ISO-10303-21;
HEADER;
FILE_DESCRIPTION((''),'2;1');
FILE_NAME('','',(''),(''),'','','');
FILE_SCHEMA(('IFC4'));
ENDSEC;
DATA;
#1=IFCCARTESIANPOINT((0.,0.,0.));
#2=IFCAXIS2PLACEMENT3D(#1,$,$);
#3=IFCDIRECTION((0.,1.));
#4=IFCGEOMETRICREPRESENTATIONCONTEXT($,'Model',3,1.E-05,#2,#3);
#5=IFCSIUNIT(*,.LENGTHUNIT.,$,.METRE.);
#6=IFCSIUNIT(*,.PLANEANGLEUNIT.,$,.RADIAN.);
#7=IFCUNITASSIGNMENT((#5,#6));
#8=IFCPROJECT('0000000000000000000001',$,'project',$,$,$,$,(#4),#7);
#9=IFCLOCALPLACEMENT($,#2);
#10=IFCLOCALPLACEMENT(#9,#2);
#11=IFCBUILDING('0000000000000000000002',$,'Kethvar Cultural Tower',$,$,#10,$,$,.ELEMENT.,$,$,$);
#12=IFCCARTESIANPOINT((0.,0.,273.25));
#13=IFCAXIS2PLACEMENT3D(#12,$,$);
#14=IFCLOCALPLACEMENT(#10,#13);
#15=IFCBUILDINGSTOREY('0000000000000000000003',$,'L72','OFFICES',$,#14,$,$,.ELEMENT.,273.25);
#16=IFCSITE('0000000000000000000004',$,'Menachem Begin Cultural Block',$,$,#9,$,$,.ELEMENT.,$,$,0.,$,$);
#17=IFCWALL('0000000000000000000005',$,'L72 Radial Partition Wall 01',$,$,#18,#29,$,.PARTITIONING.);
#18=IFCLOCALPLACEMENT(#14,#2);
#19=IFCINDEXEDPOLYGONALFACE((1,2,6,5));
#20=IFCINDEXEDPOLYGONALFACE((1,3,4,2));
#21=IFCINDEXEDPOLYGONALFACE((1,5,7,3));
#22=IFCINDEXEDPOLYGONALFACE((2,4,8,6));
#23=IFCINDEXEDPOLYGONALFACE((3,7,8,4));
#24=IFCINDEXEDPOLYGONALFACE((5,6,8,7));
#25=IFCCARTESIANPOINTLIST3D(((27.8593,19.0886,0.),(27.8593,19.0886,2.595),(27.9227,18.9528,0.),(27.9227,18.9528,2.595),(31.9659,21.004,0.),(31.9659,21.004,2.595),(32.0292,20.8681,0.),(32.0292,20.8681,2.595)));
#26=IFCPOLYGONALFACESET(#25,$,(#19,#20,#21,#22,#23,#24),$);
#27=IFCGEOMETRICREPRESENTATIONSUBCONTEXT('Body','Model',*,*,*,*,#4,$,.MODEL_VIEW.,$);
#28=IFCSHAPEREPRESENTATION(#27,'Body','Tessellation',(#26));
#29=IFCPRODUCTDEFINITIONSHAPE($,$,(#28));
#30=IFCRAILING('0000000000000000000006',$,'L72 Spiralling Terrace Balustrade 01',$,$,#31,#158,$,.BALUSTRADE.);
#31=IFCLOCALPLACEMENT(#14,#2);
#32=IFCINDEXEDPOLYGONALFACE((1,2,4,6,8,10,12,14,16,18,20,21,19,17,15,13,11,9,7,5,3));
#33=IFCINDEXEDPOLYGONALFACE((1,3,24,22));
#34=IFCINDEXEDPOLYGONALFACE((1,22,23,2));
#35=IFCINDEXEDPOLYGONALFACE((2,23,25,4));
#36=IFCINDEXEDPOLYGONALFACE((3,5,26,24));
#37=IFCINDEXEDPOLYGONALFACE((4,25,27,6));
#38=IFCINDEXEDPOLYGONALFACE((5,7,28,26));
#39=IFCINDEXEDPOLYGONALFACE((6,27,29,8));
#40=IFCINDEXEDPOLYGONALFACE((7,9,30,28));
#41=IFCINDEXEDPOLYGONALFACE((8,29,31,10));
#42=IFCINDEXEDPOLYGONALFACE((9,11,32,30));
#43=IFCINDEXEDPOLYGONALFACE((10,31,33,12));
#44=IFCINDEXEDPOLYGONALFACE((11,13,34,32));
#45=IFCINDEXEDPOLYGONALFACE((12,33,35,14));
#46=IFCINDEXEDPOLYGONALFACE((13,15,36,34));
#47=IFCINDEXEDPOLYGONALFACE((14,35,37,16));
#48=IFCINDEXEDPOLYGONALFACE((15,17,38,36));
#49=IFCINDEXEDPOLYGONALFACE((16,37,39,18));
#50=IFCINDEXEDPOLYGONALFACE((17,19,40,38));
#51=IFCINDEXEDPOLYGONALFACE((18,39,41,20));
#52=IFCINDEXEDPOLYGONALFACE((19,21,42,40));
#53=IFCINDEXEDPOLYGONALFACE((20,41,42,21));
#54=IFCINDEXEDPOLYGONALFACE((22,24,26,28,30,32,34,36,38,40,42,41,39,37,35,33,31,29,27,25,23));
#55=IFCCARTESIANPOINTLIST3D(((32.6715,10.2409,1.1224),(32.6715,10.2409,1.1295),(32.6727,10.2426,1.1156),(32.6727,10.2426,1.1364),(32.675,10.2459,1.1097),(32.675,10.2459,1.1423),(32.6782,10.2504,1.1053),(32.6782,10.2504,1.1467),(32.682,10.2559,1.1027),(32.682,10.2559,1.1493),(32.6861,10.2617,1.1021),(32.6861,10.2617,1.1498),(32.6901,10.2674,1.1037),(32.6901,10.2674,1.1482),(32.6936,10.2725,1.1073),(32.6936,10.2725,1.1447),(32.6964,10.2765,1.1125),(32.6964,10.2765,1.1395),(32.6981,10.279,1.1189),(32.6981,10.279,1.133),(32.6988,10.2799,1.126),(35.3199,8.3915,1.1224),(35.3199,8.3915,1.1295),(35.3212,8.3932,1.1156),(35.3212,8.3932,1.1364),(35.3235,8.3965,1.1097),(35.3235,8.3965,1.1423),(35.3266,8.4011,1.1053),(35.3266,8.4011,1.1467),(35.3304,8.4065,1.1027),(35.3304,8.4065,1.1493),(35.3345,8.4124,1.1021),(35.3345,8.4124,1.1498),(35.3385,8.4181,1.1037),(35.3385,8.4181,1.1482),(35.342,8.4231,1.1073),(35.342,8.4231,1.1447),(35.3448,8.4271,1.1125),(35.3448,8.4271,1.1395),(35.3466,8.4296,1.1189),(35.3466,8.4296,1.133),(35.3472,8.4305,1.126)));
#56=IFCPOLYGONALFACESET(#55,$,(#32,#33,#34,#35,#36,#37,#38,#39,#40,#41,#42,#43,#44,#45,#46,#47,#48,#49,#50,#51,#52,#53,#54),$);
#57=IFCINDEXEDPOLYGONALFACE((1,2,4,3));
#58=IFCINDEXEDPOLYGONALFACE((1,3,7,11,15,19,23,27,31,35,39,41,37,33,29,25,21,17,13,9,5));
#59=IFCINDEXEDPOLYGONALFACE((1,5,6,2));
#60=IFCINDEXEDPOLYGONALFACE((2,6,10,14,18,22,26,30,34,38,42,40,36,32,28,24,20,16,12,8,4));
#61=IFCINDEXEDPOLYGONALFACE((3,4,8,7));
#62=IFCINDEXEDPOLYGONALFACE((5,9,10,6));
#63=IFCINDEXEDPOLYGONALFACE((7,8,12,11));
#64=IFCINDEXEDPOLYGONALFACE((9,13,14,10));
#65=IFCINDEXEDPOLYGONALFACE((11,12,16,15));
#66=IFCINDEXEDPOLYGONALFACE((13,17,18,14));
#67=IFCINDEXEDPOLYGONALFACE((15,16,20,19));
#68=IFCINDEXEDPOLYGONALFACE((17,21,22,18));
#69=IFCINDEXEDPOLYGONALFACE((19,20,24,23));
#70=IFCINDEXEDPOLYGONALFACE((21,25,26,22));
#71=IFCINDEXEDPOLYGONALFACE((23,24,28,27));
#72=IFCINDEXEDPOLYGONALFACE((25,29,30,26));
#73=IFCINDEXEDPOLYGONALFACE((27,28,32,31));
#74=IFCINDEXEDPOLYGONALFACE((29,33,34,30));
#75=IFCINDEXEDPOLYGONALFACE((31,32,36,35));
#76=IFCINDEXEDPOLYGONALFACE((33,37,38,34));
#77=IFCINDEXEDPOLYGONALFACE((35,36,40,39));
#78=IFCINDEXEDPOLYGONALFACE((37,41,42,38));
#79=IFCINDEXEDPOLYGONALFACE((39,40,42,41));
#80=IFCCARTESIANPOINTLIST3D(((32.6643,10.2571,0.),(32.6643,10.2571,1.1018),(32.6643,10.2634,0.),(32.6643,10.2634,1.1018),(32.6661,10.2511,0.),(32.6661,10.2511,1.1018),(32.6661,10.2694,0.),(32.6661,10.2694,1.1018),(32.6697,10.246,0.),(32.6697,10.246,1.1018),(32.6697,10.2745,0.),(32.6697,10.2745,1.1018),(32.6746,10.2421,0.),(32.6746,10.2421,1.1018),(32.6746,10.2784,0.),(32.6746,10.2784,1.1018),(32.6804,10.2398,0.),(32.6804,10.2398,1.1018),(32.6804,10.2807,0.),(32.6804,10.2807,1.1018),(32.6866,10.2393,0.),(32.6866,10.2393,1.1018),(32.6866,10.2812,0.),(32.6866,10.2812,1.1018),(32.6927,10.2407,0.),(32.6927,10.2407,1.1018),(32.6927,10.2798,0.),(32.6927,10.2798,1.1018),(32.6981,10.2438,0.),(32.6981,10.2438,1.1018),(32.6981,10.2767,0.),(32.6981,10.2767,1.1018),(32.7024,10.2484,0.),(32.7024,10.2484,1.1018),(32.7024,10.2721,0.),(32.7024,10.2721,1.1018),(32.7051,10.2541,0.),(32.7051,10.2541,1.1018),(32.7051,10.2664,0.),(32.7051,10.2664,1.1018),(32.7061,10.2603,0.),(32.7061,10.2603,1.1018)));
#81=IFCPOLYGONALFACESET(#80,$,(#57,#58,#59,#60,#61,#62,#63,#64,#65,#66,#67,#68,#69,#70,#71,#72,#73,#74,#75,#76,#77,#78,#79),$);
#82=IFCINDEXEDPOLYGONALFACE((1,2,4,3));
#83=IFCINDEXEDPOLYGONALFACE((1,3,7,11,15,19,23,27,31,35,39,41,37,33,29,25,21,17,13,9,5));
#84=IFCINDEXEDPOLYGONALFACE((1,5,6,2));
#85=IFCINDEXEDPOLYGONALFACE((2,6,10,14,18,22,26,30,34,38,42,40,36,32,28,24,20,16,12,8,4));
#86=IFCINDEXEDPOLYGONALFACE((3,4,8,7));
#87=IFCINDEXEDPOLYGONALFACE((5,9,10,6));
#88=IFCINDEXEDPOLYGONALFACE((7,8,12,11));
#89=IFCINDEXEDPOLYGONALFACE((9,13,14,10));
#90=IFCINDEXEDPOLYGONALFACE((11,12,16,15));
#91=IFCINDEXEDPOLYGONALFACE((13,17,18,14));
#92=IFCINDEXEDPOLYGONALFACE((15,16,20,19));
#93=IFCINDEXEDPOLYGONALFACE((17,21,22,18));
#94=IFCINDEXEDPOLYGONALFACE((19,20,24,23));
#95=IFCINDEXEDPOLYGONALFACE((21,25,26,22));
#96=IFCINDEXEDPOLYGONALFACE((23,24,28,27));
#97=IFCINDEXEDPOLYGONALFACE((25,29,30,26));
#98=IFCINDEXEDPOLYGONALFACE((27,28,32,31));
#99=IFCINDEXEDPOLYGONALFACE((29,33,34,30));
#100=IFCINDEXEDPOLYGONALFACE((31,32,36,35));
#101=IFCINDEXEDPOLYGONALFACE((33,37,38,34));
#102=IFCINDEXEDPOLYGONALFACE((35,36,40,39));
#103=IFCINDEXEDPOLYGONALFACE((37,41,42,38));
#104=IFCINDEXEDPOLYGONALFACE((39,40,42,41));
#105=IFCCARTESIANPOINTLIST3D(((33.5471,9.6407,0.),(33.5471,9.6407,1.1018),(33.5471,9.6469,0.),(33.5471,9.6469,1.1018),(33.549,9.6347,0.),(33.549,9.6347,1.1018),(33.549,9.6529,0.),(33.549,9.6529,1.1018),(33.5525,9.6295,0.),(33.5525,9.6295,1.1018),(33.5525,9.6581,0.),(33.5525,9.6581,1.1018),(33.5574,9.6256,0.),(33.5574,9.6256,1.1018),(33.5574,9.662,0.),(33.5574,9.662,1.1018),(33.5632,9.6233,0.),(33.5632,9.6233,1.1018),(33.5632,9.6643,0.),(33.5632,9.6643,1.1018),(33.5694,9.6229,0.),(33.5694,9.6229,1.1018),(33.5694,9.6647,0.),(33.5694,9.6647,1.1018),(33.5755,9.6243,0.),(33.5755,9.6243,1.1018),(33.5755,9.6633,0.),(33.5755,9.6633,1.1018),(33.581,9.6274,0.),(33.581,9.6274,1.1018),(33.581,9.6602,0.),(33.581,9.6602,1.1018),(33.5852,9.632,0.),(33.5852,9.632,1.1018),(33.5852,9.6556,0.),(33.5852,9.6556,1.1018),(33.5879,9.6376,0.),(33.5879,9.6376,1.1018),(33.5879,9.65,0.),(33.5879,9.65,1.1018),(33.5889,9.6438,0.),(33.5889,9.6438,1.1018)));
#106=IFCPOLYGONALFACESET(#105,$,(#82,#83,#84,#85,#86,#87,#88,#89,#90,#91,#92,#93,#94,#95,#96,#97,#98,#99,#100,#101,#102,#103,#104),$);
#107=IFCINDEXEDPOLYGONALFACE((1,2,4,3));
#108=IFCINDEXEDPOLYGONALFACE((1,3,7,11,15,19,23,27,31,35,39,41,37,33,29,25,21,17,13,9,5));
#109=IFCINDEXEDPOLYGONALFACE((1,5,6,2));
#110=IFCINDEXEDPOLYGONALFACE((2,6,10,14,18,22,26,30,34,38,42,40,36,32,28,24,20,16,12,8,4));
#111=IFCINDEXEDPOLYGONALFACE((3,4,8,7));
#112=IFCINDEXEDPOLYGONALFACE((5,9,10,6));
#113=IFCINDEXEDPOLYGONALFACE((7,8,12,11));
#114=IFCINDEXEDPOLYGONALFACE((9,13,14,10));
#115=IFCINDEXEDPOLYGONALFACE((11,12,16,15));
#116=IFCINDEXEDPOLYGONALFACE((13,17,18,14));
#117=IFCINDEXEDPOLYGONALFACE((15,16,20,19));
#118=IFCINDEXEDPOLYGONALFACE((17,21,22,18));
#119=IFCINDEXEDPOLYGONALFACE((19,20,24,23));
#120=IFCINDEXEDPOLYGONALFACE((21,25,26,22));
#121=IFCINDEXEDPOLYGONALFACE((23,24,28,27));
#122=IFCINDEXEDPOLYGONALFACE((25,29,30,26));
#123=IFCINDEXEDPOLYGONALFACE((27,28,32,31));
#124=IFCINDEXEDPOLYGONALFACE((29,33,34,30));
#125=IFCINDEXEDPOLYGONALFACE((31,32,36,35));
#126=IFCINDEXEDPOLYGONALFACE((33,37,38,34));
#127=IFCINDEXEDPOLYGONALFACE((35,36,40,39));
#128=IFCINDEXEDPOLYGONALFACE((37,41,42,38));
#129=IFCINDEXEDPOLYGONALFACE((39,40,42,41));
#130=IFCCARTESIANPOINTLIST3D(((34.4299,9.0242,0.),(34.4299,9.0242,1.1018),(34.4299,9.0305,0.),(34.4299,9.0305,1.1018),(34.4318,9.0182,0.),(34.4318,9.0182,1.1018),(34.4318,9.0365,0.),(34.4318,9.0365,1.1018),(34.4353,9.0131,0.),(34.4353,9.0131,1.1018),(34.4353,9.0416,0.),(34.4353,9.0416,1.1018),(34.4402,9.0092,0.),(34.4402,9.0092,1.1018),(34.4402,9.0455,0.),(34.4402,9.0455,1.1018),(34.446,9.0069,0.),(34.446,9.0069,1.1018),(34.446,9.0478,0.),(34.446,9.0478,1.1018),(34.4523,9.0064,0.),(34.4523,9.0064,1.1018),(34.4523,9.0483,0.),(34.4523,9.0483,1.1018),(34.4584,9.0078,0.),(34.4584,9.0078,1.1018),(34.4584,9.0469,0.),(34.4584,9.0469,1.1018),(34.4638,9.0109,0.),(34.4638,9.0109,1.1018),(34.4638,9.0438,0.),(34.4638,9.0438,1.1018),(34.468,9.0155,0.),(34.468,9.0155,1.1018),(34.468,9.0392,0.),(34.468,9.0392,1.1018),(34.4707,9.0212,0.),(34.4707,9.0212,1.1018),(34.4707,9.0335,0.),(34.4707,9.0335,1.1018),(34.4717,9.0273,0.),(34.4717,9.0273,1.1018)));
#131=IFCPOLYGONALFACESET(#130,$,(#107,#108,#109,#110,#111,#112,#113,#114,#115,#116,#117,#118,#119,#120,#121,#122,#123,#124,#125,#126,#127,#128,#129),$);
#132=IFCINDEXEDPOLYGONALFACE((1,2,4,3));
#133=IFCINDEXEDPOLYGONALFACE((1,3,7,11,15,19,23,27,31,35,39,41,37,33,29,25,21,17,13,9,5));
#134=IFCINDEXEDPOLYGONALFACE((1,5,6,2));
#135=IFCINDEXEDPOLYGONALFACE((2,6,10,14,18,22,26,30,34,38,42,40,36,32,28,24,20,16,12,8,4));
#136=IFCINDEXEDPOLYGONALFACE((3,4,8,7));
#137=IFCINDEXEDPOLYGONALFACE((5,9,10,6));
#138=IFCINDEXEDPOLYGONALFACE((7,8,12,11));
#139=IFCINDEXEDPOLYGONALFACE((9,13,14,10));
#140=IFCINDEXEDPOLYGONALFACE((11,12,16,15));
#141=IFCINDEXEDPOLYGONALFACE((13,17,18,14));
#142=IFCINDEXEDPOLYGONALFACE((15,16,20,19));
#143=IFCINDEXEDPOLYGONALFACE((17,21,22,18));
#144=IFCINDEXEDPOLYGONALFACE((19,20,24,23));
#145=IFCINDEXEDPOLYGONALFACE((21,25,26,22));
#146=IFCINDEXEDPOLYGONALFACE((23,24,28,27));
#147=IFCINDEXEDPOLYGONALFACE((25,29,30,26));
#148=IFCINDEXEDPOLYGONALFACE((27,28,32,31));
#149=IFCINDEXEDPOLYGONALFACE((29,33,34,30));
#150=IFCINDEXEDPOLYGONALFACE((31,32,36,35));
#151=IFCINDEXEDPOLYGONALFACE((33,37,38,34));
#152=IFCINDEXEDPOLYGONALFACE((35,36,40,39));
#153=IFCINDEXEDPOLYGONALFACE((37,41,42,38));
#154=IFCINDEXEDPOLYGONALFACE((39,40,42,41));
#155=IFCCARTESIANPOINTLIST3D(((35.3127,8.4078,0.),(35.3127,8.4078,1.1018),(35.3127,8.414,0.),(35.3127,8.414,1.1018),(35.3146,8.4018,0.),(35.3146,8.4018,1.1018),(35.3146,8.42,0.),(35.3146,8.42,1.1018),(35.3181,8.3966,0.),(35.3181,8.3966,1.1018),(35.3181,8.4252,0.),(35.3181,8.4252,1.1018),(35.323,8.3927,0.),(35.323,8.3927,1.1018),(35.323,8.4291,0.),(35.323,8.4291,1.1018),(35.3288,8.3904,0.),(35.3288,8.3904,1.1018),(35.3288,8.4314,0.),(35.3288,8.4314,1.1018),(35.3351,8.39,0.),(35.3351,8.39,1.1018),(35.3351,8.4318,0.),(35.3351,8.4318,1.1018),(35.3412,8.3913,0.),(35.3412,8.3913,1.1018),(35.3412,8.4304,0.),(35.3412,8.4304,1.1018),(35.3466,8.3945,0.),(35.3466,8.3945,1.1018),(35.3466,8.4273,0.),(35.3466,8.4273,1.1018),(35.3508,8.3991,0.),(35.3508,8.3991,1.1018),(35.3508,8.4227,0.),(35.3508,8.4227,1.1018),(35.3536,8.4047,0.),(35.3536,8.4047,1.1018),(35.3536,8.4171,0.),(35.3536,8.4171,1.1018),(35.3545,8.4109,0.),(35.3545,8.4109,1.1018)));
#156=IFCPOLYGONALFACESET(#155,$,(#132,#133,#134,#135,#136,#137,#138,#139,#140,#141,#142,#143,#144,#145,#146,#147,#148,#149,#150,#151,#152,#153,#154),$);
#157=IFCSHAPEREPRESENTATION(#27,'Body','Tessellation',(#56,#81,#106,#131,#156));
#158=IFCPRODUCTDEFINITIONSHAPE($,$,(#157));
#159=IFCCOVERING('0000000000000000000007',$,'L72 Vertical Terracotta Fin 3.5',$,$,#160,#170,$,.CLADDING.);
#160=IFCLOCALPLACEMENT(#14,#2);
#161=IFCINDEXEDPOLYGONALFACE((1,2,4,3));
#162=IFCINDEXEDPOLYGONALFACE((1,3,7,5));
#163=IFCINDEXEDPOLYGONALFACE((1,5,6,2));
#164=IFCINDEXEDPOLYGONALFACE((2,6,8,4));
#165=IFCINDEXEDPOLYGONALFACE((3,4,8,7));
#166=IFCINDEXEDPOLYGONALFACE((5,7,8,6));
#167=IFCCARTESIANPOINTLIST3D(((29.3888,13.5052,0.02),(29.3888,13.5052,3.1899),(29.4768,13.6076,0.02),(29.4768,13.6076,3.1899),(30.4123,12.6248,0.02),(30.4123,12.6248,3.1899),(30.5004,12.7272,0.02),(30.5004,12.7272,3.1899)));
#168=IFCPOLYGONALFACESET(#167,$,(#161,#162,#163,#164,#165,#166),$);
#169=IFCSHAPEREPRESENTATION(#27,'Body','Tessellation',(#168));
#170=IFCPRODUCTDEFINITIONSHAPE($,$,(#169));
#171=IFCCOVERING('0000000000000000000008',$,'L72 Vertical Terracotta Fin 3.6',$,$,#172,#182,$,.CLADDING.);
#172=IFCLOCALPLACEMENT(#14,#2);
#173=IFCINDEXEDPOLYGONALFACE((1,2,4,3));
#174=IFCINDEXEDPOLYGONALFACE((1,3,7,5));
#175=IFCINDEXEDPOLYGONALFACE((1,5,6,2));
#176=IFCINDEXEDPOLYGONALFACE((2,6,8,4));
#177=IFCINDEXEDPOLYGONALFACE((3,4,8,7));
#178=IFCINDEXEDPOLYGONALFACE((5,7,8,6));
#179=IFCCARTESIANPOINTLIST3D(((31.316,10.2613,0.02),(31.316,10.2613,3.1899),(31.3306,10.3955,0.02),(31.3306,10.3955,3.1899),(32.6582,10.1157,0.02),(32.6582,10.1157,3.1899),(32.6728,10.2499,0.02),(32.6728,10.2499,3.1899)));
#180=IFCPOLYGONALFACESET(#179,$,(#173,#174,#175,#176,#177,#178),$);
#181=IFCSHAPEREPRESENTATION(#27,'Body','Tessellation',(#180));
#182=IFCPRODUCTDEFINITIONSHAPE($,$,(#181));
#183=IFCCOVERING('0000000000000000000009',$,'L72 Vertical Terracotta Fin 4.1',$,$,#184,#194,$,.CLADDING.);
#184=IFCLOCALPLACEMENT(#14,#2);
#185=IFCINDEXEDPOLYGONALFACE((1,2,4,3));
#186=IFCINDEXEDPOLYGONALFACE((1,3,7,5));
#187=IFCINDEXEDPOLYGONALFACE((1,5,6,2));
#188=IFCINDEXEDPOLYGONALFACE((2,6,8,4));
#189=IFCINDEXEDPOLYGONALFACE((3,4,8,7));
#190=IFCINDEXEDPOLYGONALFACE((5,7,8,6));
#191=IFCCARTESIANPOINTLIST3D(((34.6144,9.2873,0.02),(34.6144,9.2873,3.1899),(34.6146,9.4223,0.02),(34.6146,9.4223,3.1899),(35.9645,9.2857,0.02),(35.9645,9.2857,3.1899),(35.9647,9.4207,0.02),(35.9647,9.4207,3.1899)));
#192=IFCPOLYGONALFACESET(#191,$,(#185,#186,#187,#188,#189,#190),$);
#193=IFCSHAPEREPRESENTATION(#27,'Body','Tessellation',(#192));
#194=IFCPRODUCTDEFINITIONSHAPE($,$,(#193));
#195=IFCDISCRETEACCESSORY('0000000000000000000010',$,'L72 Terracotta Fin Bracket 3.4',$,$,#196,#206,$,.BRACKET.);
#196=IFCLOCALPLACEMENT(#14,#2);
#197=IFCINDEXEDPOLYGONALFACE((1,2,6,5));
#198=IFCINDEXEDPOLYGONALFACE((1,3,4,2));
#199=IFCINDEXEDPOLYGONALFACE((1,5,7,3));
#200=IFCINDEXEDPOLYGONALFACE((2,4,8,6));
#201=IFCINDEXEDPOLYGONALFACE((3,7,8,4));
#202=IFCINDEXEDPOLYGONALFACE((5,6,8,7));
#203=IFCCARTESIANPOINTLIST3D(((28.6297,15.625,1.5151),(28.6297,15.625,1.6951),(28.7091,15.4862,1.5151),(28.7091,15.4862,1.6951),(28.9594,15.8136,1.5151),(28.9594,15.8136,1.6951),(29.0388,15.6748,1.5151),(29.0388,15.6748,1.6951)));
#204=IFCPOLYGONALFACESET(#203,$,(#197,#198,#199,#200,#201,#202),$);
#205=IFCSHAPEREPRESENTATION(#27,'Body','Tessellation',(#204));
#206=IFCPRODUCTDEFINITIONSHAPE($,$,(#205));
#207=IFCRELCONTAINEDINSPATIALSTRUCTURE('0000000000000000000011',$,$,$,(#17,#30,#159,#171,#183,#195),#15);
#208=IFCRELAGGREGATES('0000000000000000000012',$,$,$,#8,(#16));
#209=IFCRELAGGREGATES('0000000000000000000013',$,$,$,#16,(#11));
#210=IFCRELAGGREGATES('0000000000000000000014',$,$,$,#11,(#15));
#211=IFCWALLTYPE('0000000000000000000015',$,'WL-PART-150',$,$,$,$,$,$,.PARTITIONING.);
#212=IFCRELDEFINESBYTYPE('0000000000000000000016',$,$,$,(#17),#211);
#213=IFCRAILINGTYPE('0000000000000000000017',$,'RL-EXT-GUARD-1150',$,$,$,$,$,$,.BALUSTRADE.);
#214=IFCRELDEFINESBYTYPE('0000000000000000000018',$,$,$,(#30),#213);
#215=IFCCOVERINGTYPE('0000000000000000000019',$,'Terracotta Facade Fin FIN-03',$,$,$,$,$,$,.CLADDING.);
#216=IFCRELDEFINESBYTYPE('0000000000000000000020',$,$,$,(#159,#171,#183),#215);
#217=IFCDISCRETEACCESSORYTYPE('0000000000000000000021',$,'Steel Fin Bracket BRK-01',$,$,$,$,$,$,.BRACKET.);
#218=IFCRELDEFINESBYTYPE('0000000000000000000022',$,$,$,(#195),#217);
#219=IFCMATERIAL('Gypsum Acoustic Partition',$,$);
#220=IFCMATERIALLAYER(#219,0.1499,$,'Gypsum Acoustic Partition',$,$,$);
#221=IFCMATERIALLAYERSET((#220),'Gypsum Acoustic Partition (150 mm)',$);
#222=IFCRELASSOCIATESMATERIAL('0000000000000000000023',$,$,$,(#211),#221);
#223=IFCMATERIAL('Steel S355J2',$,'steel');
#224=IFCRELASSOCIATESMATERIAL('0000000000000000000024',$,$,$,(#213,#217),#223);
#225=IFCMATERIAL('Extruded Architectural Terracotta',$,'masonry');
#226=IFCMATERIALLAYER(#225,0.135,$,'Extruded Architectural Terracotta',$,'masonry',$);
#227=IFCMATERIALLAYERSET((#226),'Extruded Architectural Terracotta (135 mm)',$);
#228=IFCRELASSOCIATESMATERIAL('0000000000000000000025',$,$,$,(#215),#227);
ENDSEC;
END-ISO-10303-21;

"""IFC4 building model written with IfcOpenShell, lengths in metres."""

from ifc_helpers import new_model, si_unit, direction, frame, frame_2d, origin, origin_2d, place, context, subcontext, project, spatial, rectangle, circle, extrude, source, transform, mapped, material, layer, layer_set, type_object, element, save


model = new_model("IFC4")

# Units and contexts
model_context = context("Model", 3, precision=1e-05, world=origin(), true_north=direction((0.0, 1.0)))
body_context = subcontext(model_context, "Body", "Model", "MODEL_VIEW")
ifc_project = project(units=[si_unit("LENGTHUNIT", "METRE"), si_unit("PLANEANGLEUNIT", "RADIAN")], contexts=[model_context])

# Site, building, storey
site_placement = place(None, origin())
site = spatial("IfcSite", under=ifc_project, at=site_placement, Name="Menachem Begin Cultural Block", CompositionType="ELEMENT", RefElevation=0.0)
building_placement = place(site_placement, origin())
building = spatial("IfcBuilding", under=site, at=building_placement, Name="Kethvar Cultural Tower", CompositionType="ELEMENT")
storey_placement = place(building_placement, frame((0.0, 0.0, 273.25)))
storey = spatial("IfcBuildingStorey", under=building, at=storey_placement, Name="L72", Description="OFFICES", CompositionType="ELEMENT", Elevation=273.25)

# Shared definitions
ifc_material_1 = material(Name="Steel S355J2", Category="steel")

# Wall
ifc_material_2 = material(Name="Gypsum Acoustic Partition")
ifc_layer_1 = layer(ifc_material_2, 0.1499, Name="Gypsum Acoustic Partition")
ifc_layer_set_1 = layer_set([ifc_layer_1], Name="Gypsum Acoustic Partition (150 mm)")
wall_type_1 = type_object("IfcWallType", Name="WL-PART-150", PredefinedType="PARTITIONING", material=ifc_layer_set_1)
wall_1_placement = place(storey_placement, frame((31.9976, 20.936, 0.0), z_axis=(0.0, 0.0, 1.0), x_axis=(-0.906273, -0.422694, 0.0)))
element("IfcWall", 1, at=wall_1_placement, inside=storey, type_object=wall_type_1, Name="L72 Radial Partition Wall 01", PredefinedType="PARTITIONING", context=body_context, shape_type="SweptSolid", body=[
    extrude(rectangle(XDim=4.5312, YDim=0.1499, at=frame_2d((2.2656, 0.0))), origin(), (0.0, 0.0, 1.0), 2.595),
])

# Railing
railing_type = type_object("IfcRailingType", Name="RL-EXT-GUARD-1150", PredefinedType="BALUSTRADE", material=ifc_material_1)
railing_placement = place(storey_placement, frame((32.6851, 10.2603, 0.0)))
element("IfcRailing", 2, at=railing_placement, inside=storey, type_object=railing_type, Name="L72 Spiralling Terrace Balustrade 01", PredefinedType="BALUSTRADE", context=body_context, shape_type="SweptSolid", body=[
    extrude(circle(Radius=0.0239, at=origin_2d()), frame((0.0, 0.0, 1.126), z_axis=(0.819892, -0.572518, 0.0), x_axis=(0.572518, 0.819892, 0.0)), (0.0, 0.0, 1.0), 3.2302),
    extrude(circle(Radius=0.021, at=origin_2d()), origin(), (0.0, 0.0, 1.0), 1.1018),
    extrude(circle(Radius=0.021, at=origin_2d()), frame((0.8828, -0.6165, 0.0)), (0.0, 0.0, 1.0), 1.1018),
    extrude(circle(Radius=0.021, at=origin_2d()), frame((1.7656, -1.2329, 0.0)), (0.0, 0.0, 1.0), 1.1018),
    extrude(circle(Radius=0.021, at=origin_2d()), frame((2.6484, -1.8494, 0.0)), (0.0, 0.0, 1.0), 1.1018),
])

# Coverings
ifc_material_3 = material(Name="Extruded Architectural Terracotta", Category="masonry")
ifc_layer_2 = layer(ifc_material_3, 0.135, Name="Extruded Architectural Terracotta", Category="masonry")
ifc_layer_set_2 = layer_set([ifc_layer_2], Name="Extruded Architectural Terracotta (135 mm)")
covering_type = type_object("IfcCoveringType", Name="Terracotta Facade Fin FIN-03", PredefinedType="CLADDING", material=ifc_layer_set_2)
shared_shape_1 = source(origin(), body_context, "Body", "SweptSolid", [
    extrude(rectangle(XDim=1.3501, YDim=0.135, at=origin_2d()), origin(), (0.0, 0.0, 1.0), 3.1699),
])
for number, where, z_axis, x_axis, name in (
    (3, (29.9446, 13.1162, 0.02), (0.0, 0.0, 1.0), (-0.758134, 0.652098, 0.0), "L72 Vertical Terracotta Fin 3.5"),
    (4, (31.9944, 10.2556, 0.02), (0.0, 0.0, 1.0), (-0.99417, 0.107826, 0.0), "L72 Vertical Terracotta Fin 3.6"),
    (5, (35.2896, 9.354, 0.02), (0.0, 0.0, 1.0), (-0.999999, 0.001222, 0.0), "L72 Vertical Terracotta Fin 4.1"),
):
    element("IfcCovering", number, at=place(storey_placement, frame(where, z_axis=z_axis, x_axis=x_axis)), inside=storey, type_object=covering_type, Name=name, PredefinedType="CLADDING", context=body_context, shape_type="MappedRepresentation", body=[
        mapped(shared_shape_1, transform((0.0, 0.0, 0.0), scale=1.0)),
    ])

# Discrete accessory
discrete_accessory_type = type_object("IfcDiscreteAccessoryType", Name="Steel Fin Bracket BRK-01", PredefinedType="BRACKET", material=ifc_material_1)
shared_shape_2 = source(origin(), body_context, "Body", "SweptSolid", [
    extrude(rectangle(XDim=0.3799, YDim=0.1599, at=origin_2d()), origin(), (0.0, 0.0, 1.0), 0.1799),
])
for number, where, z_axis, x_axis, name in (
    (6, (28.8342, 15.6499, 1.5151), (0.0, 0.0, 1.0), (-0.868026, -0.49652, 0.0), "L72 Terracotta Fin Bracket 3.4"),
):
    element("IfcDiscreteAccessory", number, at=place(storey_placement, frame(where, z_axis=z_axis, x_axis=x_axis)), inside=storey, type_object=discrete_accessory_type, Name=name, PredefinedType="BRACKET", context=body_context, shape_type="MappedRepresentation", body=[
        mapped(shared_shape_2, transform((0.0, 0.0, 0.0), scale=1.0)),
    ])

save(model, "model.ifc")
